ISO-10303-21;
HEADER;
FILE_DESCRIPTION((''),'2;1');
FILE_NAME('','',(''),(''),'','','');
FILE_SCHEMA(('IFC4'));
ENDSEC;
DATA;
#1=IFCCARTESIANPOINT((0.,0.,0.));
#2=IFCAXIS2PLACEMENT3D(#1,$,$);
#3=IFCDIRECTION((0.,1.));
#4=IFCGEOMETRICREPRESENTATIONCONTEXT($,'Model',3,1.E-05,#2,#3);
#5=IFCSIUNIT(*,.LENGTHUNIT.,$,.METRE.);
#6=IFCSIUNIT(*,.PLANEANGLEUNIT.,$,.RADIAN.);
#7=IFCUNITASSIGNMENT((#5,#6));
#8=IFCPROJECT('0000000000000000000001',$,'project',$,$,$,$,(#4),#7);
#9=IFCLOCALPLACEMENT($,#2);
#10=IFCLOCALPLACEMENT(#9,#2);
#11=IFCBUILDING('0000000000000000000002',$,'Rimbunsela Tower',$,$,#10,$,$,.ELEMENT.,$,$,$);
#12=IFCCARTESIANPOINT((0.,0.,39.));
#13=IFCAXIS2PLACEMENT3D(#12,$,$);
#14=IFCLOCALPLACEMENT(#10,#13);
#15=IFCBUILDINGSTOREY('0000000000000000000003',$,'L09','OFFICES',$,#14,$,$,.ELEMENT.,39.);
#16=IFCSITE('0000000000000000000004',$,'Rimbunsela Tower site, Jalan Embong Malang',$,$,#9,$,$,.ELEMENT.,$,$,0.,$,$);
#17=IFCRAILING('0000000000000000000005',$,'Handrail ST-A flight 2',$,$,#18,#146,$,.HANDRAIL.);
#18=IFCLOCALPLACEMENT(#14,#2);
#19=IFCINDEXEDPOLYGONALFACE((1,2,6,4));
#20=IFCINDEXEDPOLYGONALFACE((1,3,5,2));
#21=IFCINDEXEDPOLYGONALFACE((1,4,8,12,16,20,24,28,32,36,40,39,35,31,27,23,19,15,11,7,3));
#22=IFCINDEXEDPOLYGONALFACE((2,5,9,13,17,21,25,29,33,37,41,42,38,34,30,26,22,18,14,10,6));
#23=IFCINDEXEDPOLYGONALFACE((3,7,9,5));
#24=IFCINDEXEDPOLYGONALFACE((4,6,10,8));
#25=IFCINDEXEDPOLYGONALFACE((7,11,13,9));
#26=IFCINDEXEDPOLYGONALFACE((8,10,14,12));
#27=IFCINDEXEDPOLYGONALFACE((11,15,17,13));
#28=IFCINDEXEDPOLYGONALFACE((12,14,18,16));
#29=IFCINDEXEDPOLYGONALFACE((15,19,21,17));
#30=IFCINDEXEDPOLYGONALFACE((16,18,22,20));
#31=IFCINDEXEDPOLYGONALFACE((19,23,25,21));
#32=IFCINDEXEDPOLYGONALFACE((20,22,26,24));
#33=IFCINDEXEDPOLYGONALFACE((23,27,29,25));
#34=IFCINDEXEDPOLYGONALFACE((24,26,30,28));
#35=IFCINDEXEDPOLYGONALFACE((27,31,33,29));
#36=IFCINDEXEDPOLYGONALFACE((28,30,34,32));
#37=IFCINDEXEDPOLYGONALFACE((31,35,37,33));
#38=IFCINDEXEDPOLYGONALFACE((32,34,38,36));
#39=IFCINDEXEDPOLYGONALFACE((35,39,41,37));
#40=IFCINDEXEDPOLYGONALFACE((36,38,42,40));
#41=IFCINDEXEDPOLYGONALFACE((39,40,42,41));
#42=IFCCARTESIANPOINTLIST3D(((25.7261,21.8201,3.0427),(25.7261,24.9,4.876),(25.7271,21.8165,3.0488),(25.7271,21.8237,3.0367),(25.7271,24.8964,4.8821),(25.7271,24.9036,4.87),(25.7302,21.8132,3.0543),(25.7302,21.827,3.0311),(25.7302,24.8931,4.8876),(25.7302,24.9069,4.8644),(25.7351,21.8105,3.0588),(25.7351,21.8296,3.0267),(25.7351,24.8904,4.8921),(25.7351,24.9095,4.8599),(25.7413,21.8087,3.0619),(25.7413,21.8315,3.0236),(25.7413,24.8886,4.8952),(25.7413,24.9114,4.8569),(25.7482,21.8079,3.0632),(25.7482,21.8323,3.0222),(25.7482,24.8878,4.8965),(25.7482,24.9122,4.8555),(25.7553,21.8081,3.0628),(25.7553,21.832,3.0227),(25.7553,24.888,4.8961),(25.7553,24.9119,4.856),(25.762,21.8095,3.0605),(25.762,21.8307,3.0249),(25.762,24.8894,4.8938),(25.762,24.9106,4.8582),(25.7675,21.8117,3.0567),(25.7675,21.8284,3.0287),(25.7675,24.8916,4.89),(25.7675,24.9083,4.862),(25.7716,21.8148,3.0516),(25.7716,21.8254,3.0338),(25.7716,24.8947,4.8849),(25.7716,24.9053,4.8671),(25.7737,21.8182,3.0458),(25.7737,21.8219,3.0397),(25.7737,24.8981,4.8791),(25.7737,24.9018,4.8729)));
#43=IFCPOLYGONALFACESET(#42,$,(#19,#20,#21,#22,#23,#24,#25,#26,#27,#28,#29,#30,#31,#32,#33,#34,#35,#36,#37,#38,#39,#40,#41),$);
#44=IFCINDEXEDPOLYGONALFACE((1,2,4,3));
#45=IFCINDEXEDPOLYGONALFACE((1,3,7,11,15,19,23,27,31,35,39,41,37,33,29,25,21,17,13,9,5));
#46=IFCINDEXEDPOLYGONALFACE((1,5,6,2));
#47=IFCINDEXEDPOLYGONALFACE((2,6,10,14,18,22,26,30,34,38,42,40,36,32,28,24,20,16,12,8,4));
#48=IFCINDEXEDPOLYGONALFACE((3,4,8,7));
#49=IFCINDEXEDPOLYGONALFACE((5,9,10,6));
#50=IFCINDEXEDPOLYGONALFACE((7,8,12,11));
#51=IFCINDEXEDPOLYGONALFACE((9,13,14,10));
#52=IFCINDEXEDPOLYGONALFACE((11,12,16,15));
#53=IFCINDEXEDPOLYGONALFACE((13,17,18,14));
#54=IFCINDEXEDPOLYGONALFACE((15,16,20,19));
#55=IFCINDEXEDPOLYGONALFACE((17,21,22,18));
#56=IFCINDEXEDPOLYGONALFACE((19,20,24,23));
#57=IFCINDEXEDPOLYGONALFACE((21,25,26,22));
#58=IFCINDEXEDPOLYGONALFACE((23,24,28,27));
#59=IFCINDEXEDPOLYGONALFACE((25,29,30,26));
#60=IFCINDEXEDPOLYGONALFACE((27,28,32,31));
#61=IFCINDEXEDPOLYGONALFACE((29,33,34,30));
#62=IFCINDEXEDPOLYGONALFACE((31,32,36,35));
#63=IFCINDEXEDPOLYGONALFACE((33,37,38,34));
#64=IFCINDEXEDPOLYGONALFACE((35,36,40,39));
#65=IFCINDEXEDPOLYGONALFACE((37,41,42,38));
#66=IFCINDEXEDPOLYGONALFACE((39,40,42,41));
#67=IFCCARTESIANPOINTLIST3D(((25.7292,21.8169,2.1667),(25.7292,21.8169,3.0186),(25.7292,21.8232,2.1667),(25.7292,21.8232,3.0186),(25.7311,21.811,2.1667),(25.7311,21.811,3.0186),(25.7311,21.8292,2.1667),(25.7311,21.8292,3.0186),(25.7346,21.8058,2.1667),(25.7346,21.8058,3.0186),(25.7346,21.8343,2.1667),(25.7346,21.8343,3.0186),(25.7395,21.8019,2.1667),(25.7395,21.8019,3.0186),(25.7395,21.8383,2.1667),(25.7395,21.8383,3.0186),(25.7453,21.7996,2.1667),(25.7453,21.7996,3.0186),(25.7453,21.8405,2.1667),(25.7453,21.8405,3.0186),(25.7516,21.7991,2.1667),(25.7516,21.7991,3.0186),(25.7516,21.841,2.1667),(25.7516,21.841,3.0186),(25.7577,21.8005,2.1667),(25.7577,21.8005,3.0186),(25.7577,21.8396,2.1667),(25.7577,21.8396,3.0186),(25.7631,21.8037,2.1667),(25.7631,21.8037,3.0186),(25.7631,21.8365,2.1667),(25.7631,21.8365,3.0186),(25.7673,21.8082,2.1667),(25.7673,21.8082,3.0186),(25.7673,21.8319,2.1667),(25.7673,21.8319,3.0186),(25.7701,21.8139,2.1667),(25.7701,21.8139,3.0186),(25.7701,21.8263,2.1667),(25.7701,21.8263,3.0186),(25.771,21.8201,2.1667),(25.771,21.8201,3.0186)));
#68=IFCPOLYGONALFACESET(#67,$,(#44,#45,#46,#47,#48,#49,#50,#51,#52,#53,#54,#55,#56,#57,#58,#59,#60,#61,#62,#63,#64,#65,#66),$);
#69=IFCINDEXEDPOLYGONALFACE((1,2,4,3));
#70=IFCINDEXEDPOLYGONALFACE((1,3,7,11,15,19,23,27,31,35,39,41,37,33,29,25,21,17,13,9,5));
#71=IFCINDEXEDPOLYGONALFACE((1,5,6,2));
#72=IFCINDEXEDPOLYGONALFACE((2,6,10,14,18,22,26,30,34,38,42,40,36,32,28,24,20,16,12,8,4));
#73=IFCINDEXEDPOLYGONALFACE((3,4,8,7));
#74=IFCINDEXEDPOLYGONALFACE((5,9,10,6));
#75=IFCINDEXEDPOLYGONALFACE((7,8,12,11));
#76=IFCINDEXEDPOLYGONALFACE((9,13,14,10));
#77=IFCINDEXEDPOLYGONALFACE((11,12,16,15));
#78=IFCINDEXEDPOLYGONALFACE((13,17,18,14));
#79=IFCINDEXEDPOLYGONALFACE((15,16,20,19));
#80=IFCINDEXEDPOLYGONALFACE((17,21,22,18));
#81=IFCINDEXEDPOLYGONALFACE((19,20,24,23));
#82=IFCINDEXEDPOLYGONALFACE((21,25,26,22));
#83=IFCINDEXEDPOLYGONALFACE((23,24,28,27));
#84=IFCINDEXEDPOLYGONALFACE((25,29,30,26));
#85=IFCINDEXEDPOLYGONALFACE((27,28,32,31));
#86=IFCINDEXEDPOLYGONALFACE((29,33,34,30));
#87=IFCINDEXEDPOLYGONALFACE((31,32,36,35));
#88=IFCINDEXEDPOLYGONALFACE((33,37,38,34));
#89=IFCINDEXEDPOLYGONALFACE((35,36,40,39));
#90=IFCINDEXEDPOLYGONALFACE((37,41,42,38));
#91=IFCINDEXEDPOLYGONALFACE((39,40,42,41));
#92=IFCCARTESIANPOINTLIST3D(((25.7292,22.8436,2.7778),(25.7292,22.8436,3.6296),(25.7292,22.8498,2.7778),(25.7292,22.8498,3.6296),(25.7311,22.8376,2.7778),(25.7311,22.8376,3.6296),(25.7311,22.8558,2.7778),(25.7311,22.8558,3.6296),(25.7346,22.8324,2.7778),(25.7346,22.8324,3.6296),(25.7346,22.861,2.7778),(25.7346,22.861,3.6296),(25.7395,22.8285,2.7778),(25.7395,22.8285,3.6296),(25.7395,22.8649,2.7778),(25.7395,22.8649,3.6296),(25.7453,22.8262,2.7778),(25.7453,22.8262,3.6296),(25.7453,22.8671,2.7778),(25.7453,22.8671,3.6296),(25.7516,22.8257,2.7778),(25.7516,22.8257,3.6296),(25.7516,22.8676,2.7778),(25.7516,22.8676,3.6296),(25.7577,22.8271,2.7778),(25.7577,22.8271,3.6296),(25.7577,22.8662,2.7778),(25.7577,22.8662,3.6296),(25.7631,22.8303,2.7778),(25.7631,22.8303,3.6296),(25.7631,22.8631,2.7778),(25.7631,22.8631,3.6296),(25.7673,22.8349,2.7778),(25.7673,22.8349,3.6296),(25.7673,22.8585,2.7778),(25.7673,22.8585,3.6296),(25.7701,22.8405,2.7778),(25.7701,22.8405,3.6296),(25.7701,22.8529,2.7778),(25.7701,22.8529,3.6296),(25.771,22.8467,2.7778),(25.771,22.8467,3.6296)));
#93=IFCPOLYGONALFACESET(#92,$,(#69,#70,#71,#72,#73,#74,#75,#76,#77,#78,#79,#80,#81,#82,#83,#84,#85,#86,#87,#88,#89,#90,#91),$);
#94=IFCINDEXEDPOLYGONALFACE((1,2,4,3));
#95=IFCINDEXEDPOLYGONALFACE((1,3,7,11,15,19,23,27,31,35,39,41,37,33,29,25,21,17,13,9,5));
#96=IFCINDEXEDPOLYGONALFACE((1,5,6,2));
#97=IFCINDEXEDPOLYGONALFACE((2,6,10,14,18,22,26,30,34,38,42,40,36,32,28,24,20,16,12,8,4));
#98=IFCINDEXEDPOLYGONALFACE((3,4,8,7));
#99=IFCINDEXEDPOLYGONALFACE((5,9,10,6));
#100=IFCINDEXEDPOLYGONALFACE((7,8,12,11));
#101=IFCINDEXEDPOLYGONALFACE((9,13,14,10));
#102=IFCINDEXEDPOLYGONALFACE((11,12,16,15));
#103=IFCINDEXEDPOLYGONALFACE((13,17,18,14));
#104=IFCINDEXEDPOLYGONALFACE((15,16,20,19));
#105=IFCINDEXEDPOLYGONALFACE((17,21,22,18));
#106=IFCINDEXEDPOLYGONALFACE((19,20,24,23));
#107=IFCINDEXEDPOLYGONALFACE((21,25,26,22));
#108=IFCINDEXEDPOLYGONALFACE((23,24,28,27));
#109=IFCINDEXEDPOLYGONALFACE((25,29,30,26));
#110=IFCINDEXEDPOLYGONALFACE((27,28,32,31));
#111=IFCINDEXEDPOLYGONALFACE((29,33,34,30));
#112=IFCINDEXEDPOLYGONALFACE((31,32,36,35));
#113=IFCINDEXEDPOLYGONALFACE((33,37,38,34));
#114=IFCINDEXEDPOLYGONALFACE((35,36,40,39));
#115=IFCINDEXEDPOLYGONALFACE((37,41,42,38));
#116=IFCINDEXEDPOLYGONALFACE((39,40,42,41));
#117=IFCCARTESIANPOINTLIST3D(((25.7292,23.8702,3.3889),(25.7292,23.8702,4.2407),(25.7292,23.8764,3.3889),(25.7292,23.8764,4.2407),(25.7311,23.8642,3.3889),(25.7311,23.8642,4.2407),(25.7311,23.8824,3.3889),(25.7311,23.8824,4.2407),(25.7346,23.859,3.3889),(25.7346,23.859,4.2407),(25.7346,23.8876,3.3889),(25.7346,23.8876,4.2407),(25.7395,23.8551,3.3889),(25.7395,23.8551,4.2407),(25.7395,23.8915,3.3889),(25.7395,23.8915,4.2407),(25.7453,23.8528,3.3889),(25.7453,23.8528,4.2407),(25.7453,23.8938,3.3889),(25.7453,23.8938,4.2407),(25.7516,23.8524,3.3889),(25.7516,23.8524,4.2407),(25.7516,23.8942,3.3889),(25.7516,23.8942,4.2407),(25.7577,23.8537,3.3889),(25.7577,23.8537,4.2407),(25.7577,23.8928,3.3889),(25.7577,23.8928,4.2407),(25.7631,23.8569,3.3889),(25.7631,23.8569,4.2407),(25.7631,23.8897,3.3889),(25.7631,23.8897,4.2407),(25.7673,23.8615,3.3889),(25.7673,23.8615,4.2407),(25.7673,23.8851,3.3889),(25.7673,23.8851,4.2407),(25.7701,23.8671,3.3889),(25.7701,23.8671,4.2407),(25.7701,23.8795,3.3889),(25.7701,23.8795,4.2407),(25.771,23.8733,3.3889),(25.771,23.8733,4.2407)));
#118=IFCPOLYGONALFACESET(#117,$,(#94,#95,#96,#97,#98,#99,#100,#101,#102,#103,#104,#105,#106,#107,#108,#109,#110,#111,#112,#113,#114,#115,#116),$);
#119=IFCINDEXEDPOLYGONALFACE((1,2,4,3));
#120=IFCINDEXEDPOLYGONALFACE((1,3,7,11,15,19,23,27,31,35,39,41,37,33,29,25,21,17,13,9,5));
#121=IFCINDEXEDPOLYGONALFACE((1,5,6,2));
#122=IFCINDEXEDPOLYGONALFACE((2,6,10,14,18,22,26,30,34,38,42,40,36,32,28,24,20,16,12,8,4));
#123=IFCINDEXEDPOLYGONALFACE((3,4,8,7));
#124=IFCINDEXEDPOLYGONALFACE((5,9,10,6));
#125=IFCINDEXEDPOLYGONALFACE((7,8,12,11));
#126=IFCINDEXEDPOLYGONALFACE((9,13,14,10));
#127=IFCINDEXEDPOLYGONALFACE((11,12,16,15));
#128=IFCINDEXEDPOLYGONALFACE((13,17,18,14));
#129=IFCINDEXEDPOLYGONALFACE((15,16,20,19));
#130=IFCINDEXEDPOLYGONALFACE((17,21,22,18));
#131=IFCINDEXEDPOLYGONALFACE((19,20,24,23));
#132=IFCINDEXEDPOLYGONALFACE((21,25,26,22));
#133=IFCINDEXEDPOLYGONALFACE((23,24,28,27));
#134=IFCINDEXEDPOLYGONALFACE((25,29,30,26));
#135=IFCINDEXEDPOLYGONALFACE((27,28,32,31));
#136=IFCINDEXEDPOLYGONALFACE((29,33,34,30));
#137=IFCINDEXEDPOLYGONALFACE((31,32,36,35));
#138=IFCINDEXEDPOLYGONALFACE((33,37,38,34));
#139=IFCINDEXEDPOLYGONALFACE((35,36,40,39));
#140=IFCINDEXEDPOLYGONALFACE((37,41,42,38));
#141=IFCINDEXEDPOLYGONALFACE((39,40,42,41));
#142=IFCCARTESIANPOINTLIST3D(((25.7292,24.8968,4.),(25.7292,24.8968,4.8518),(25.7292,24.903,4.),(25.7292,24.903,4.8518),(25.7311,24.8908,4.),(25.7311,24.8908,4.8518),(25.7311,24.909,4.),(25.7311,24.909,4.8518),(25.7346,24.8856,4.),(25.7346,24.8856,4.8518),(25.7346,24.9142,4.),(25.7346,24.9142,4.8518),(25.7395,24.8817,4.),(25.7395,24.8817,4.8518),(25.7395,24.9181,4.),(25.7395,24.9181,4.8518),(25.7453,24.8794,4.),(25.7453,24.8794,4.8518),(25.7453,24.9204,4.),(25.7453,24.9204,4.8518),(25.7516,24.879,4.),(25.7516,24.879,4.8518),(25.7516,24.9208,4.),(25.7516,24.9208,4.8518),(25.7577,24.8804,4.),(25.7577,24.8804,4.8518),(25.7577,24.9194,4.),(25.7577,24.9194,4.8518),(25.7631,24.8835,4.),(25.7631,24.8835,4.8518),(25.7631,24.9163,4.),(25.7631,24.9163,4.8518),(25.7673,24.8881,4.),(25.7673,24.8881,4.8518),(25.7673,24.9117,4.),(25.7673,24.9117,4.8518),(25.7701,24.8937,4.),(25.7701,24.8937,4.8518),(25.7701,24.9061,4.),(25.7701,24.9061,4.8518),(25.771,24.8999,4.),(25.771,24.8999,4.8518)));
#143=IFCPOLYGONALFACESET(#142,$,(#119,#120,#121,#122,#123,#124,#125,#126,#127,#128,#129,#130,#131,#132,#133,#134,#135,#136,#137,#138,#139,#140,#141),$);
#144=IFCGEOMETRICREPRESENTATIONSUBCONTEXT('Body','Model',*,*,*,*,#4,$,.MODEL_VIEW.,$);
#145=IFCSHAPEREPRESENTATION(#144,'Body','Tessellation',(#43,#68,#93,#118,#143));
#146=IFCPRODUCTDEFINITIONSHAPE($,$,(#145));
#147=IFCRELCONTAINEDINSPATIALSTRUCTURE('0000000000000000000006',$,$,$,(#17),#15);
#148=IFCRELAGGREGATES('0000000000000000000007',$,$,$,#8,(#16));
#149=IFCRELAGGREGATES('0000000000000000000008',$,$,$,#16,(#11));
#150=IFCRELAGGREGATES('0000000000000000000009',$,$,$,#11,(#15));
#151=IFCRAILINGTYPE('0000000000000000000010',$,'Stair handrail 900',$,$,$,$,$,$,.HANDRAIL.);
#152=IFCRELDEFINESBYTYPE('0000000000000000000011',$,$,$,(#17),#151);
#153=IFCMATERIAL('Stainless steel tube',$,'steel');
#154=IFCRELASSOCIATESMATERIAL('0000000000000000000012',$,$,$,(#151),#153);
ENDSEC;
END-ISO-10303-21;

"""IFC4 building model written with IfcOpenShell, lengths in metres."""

from ifc_helpers import new_model, si_unit, direction, frame, origin, origin_2d, place, context, subcontext, project, spatial, circle, extrude, material, type_object, element, save


model = new_model("IFC4")

# Units and contexts
model_context = context("Model", 3, precision=1e-05, world=origin(), true_north=direction((0.0, 1.0)))
body_context = subcontext(model_context, "Body", "Model", "MODEL_VIEW")
ifc_project = project(units=[si_unit("LENGTHUNIT", "METRE"), si_unit("PLANEANGLEUNIT", "RADIAN")], contexts=[model_context])

# Site, building, storey
site_placement = place(None, origin())
site = spatial("IfcSite", under=ifc_project, at=site_placement, Name="Rimbunsela Tower site, Jalan Embong Malang", CompositionType="ELEMENT", RefElevation=0.0)
building_placement = place(site_placement, origin())
building = spatial("IfcBuilding", under=site, at=building_placement, Name="Rimbunsela Tower", CompositionType="ELEMENT")
storey_placement = place(building_placement, frame((0.0, 0.0, 39.0)))
storey = spatial("IfcBuildingStorey", under=building, at=storey_placement, Name="L09", Description="OFFICES", CompositionType="ELEMENT", Elevation=39.0)

# Railing
ifc_material_1 = material(Name="Stainless steel tube", Category="steel")
railing_type = type_object("IfcRailingType", Name="Stair handrail 900", PredefinedType="HANDRAIL", material=ifc_material_1)
railing_1_placement = place(storey_placement, frame((25.75, 21.8201, 2.1667)))
element("IfcRailing", 1, at=railing_1_placement, inside=storey, type_object=railing_type, Name="Handrail ST-A flight 2", PredefinedType="HANDRAIL", context=body_context, shape_type="SweptSolid", body=[
    extrude(circle(Radius=0.0239, at=origin_2d()), frame((0.0, 0.0, 0.876), z_axis=(0.0, 0.859291, 0.511487), x_axis=(-1.0, 0.0, 0.0)), (0.0, 0.0, 1.0), 3.5842),
    extrude(circle(Radius=0.021, at=origin_2d()), origin(), (0.0, 0.0, 1.0), 0.8518),
    extrude(circle(Radius=0.021, at=origin_2d()), frame((0.0, 1.0266, 0.6111)), (0.0, 0.0, 1.0), 0.8518),
    extrude(circle(Radius=0.021, at=origin_2d()), frame((0.0, 2.0532, 1.2222)), (0.0, 0.0, 1.0), 0.8518),
    extrude(circle(Radius=0.021, at=origin_2d()), frame((0.0, 3.0798, 1.8333)), (0.0, 0.0, 1.0), 0.8518),
])

save(model, "model.ifc")
